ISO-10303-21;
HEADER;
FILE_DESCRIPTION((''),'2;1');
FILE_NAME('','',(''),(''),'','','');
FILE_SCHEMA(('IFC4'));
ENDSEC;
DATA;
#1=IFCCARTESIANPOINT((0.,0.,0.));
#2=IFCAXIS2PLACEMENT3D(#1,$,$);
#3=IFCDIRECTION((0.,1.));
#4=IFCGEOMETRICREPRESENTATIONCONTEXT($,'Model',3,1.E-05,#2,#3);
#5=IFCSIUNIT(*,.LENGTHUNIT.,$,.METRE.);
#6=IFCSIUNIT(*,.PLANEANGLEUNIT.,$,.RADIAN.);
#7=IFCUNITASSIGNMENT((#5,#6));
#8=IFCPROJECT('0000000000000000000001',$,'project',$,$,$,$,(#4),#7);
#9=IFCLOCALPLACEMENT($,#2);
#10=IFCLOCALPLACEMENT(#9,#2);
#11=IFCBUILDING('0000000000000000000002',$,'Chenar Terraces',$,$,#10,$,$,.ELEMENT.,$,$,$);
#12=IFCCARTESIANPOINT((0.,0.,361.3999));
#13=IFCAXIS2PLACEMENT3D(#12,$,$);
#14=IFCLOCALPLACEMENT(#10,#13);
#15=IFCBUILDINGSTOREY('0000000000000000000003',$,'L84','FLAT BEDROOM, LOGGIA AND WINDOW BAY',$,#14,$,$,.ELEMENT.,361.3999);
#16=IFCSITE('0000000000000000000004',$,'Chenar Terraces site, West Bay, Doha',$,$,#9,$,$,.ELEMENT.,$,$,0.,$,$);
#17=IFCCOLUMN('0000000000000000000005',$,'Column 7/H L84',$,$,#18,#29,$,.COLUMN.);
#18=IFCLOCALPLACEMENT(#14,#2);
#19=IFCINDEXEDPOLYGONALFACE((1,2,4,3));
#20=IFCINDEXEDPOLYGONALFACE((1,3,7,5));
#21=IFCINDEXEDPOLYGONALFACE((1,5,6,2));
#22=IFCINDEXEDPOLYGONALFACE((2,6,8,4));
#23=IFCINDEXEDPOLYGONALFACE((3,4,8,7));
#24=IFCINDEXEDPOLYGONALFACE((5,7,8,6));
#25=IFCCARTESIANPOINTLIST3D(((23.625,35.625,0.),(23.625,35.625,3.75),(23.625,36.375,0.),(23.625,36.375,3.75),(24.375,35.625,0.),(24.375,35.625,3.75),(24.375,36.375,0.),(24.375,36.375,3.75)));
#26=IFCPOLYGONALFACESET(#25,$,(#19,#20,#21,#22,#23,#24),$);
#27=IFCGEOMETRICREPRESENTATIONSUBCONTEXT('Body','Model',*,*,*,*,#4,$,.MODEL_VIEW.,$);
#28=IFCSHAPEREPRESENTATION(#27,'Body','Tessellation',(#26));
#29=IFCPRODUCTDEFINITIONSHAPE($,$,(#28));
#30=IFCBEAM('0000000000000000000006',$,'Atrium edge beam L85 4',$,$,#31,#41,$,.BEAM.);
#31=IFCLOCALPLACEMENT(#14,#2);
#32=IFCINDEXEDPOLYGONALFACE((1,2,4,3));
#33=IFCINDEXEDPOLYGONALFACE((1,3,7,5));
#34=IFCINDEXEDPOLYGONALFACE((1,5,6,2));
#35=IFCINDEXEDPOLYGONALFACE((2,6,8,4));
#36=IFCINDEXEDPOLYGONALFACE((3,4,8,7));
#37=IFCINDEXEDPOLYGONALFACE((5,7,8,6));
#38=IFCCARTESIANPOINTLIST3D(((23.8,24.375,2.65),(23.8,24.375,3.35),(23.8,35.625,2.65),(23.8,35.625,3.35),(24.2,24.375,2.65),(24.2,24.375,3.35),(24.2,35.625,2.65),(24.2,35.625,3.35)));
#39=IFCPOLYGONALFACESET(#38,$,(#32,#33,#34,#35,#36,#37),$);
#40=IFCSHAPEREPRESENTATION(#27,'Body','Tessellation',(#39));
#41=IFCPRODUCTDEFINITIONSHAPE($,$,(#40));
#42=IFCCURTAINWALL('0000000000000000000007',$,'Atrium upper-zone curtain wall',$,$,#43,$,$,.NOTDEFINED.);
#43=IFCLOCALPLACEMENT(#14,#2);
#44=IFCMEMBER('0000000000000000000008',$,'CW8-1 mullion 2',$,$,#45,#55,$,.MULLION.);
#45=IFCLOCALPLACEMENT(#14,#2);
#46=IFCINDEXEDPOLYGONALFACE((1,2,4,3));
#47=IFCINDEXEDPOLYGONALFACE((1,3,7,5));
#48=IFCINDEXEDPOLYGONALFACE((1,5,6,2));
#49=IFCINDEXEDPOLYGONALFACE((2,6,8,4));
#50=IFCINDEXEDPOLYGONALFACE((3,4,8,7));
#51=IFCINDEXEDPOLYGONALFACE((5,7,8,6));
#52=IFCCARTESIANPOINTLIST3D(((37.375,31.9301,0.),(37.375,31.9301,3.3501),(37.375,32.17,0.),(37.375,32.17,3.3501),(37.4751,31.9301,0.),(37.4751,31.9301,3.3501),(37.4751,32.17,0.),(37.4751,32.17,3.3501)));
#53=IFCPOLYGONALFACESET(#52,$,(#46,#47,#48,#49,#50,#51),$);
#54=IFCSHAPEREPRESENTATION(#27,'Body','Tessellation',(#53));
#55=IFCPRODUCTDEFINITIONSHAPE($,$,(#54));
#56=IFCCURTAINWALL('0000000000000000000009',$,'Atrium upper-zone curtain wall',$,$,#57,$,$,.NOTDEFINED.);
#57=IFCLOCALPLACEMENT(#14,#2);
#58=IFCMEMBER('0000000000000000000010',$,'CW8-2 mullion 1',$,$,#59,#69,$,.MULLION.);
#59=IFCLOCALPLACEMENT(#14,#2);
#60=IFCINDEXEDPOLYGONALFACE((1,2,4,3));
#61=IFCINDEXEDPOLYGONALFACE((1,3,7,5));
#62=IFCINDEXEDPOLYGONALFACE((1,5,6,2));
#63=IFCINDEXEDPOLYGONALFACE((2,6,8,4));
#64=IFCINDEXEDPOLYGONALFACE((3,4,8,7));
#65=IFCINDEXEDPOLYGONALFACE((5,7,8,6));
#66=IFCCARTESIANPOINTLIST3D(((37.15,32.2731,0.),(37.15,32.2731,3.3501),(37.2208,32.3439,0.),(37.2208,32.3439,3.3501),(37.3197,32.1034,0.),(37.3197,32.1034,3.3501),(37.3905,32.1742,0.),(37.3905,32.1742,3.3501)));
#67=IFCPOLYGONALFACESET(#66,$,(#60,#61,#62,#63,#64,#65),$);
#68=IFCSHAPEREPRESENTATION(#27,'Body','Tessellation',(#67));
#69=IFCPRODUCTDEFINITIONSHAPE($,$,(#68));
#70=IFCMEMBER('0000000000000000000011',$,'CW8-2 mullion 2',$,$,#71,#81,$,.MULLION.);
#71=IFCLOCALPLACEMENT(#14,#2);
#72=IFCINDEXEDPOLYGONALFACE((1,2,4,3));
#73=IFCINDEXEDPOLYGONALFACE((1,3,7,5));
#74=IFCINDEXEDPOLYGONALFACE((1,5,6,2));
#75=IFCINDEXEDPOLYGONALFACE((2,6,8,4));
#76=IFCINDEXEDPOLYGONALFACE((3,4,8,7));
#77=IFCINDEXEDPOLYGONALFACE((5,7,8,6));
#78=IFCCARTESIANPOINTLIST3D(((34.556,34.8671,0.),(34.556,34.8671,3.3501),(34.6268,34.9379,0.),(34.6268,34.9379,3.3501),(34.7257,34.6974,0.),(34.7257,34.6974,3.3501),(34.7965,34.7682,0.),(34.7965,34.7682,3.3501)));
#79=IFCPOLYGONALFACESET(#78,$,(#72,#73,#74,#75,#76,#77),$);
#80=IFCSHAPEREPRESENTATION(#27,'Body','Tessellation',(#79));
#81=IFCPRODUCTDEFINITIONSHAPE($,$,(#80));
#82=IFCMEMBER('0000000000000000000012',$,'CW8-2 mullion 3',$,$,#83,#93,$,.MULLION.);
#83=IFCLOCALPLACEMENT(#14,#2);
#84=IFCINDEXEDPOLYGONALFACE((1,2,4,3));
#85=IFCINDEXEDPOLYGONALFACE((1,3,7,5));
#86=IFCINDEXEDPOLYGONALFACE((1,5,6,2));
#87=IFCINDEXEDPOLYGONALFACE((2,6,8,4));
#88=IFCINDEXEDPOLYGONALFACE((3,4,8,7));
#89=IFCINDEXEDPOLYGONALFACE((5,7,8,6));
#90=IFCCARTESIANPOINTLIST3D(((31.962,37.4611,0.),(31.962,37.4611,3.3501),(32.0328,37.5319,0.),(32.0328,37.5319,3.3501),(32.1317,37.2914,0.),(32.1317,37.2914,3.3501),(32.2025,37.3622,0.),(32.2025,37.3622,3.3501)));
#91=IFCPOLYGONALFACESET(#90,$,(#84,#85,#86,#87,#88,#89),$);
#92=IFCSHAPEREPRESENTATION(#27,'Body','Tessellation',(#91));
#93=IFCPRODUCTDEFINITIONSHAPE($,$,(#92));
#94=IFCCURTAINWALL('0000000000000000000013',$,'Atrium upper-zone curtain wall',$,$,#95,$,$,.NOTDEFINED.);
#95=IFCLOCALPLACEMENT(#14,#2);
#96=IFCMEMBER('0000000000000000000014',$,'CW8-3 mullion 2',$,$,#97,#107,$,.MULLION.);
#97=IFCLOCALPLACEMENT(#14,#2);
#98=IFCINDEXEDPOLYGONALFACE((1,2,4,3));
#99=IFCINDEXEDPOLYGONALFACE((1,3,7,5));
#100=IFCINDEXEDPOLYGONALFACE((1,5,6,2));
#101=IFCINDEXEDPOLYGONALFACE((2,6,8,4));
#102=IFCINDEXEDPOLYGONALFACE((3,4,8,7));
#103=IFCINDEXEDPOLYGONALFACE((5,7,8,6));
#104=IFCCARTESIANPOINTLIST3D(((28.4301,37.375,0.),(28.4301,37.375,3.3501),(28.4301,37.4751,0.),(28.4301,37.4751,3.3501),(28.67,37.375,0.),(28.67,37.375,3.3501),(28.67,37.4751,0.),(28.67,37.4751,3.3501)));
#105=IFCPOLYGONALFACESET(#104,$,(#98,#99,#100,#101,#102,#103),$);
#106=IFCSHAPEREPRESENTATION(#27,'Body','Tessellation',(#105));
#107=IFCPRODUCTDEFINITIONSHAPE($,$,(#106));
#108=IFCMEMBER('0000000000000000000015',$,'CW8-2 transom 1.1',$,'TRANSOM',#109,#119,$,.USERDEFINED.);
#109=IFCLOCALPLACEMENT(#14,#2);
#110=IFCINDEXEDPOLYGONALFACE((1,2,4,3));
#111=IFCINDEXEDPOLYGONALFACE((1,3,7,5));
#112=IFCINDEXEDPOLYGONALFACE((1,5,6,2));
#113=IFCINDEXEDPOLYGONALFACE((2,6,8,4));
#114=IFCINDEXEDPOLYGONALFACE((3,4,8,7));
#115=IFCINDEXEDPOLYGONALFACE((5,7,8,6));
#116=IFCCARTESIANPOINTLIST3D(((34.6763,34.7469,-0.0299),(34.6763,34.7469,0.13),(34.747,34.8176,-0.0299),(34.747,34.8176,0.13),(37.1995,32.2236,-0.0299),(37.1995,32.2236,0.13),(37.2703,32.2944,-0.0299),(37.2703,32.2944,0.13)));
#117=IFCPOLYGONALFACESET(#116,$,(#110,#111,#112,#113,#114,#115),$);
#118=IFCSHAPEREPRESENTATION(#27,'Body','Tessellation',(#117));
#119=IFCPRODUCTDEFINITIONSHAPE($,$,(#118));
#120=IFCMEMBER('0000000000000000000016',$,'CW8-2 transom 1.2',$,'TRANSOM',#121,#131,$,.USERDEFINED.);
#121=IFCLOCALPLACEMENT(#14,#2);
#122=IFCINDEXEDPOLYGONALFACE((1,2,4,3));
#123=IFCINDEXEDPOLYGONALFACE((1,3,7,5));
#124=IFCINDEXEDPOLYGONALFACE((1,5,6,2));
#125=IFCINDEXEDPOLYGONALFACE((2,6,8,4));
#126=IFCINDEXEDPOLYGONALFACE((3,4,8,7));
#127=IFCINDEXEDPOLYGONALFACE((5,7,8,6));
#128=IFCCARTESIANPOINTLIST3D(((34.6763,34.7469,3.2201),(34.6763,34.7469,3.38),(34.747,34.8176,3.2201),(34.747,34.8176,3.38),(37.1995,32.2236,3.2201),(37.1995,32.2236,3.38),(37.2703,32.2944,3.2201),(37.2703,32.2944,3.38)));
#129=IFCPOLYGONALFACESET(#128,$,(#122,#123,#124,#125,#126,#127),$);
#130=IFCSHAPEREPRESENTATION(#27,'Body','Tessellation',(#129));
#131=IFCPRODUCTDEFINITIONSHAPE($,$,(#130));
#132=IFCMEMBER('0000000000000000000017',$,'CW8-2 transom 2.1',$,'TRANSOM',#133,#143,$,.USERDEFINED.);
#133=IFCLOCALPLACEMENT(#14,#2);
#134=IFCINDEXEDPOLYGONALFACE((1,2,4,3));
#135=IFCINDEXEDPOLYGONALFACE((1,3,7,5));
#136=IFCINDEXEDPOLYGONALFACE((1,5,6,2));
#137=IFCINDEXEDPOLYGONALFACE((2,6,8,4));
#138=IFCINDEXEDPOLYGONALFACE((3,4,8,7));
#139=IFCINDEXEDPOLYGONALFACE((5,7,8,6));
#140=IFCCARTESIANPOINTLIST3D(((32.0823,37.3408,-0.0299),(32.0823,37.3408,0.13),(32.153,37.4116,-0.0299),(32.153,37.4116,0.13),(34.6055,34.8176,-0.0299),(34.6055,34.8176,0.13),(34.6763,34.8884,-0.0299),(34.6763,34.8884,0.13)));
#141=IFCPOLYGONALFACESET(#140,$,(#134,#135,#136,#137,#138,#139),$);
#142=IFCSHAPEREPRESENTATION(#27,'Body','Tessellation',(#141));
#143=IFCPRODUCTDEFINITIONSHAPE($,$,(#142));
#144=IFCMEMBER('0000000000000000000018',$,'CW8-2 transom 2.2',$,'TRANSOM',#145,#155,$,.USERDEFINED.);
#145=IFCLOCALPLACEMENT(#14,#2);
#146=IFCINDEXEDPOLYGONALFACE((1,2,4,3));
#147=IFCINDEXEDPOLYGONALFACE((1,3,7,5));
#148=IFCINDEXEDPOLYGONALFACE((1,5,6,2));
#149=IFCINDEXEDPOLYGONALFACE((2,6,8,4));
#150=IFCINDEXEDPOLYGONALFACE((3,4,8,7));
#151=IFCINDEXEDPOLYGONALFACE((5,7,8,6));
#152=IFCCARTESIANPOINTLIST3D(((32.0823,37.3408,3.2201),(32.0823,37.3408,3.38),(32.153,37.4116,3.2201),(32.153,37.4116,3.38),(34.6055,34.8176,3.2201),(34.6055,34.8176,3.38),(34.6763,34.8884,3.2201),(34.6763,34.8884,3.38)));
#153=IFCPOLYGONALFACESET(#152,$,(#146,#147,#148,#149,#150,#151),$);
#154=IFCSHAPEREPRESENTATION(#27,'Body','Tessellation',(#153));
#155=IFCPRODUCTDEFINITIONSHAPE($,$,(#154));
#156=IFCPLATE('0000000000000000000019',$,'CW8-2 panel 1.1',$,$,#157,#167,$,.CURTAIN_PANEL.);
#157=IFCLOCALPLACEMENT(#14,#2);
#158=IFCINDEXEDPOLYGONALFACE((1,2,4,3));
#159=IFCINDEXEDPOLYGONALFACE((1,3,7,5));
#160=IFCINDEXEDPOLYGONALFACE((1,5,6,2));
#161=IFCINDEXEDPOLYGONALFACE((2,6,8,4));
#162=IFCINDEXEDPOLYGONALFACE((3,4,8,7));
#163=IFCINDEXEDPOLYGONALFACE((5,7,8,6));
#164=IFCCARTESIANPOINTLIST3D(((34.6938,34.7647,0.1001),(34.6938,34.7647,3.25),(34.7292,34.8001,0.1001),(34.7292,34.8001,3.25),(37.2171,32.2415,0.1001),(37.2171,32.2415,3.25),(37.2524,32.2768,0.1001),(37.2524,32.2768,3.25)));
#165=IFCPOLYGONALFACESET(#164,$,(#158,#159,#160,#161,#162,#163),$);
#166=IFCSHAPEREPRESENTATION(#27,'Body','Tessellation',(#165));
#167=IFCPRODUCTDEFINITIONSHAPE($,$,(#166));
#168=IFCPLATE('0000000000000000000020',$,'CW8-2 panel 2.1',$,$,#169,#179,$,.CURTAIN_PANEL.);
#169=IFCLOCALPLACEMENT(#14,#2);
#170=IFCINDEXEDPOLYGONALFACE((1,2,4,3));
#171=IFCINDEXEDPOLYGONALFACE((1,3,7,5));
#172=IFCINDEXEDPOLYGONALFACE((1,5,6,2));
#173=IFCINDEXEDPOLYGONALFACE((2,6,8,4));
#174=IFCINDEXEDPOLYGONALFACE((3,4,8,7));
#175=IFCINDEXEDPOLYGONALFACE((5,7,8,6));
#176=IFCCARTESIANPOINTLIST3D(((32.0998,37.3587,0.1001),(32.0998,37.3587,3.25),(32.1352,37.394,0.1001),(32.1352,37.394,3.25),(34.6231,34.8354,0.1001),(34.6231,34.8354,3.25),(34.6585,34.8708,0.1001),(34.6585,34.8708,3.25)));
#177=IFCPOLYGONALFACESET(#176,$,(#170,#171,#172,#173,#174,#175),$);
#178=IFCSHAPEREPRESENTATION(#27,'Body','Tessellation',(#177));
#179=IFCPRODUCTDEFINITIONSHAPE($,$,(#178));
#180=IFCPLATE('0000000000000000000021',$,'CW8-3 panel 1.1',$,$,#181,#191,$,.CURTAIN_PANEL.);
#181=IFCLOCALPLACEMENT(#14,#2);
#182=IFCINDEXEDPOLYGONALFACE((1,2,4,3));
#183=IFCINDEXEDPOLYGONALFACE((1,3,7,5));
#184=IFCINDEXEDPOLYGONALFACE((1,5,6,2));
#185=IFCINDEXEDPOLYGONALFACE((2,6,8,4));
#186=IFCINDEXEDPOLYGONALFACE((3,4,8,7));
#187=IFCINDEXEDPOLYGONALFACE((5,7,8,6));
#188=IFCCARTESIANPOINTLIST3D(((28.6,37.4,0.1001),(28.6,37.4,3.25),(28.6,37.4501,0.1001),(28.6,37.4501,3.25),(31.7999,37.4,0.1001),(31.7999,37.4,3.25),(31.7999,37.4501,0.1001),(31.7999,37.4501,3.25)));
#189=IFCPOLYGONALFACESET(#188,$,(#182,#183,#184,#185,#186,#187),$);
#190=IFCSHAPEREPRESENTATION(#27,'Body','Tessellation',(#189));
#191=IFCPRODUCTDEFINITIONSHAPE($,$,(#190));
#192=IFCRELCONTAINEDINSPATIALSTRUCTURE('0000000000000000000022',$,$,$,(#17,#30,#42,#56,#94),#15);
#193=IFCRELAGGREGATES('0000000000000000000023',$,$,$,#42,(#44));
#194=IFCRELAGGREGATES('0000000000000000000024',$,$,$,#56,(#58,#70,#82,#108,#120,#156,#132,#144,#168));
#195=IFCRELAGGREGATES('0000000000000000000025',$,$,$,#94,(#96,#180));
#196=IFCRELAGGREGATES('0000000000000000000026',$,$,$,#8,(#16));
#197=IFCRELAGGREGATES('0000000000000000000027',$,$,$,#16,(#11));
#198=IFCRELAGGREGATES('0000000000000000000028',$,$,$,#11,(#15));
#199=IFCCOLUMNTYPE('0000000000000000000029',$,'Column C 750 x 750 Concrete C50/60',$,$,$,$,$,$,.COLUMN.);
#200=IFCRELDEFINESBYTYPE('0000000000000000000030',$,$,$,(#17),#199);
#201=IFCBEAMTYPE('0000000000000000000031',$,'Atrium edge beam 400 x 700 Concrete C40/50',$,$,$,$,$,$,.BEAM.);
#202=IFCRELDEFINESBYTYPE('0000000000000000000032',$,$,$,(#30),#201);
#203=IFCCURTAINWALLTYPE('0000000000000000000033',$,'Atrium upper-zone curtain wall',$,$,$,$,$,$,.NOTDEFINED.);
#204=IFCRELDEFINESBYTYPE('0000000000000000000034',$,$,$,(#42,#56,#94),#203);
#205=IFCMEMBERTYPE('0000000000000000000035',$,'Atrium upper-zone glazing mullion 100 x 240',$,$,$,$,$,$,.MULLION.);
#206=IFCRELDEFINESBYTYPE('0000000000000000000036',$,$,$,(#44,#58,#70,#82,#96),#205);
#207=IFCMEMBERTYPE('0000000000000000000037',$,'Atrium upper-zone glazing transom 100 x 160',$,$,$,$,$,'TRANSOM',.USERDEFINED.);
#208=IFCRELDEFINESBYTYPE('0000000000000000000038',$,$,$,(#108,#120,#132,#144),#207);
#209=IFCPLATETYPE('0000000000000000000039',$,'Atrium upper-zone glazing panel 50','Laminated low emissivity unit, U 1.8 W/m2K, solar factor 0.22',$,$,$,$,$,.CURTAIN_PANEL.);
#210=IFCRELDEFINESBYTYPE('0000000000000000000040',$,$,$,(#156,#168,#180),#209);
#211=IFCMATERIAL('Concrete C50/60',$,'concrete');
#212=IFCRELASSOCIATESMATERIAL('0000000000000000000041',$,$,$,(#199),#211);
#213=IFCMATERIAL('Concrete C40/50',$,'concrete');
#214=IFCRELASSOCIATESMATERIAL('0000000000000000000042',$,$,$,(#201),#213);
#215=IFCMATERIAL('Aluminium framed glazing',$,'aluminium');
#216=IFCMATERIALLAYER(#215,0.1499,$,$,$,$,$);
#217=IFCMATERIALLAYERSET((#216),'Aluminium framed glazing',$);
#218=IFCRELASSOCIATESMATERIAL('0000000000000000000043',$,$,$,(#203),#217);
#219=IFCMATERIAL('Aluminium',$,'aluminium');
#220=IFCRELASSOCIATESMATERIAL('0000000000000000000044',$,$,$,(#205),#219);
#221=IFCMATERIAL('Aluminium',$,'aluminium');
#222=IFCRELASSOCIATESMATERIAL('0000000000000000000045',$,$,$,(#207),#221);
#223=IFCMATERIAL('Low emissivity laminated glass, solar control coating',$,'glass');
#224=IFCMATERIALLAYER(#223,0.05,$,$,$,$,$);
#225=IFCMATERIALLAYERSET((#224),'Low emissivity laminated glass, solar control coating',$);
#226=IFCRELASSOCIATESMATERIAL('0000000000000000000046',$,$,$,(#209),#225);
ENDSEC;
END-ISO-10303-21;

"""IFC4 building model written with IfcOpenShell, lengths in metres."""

from ifc_helpers import new_model, si_unit, direction, frame, origin, origin_2d, place, context, subcontext, project, spatial, rectangle, extrude, material, layer, layer_set, material_profile, profile_set, type_object, element, aggregate, save


model = new_model("IFC4")

# Units and contexts
model_context = context("Model", 3, precision=1e-05, world=origin(), true_north=direction((0.0, 1.0)))
body_context = subcontext(model_context, "Body", "Model", "MODEL_VIEW")
ifc_project = project(units=[si_unit("LENGTHUNIT", "METRE"), si_unit("PLANEANGLEUNIT", "RADIAN")], contexts=[model_context])

# Site, building, storey
site_placement = place(None, origin())
site = spatial("IfcSite", under=ifc_project, at=site_placement, Name="Chenar Terraces site, West Bay, Doha", CompositionType="ELEMENT", RefElevation=0.0)
building_placement = place(site_placement, origin())
building = spatial("IfcBuilding", under=site, at=building_placement, Name="Chenar Terraces", CompositionType="ELEMENT")
storey_placement = place(building_placement, frame((0.0, 0.0, 361.3999)))
storey = spatial("IfcBuildingStorey", under=building, at=storey_placement, Name="L84", Description="FLAT BEDROOM, LOGGIA AND WINDOW BAY", CompositionType="ELEMENT", Elevation=361.3999)

# Column
ifc_material_1 = material(Name="Concrete C50/60", Category="concrete")
ifc_material_profile_1 = material_profile(ifc_material_1, rectangle(XDim=0.75, YDim=0.75, at=origin_2d()), Name="C 750 x 750")
ifc_profile_set_1 = profile_set([ifc_material_profile_1], Name="Concrete C50/60")
column_type = type_object("IfcColumnType", Name="Column C 750 x 750 Concrete C50/60", PredefinedType="COLUMN", material=ifc_profile_set_1)
column_placement = place(storey_placement, frame((24.0, 36.0, 0.0), z_axis=(0.0, 0.0, 1.0), x_axis=(1.0, 0.0, 0.0)))
element("IfcColumn", 1, at=column_placement, inside=storey, type_object=column_type, Name="Column 7/H L84", PredefinedType="COLUMN", context=body_context, shape_type="SweptSolid", body=[
    extrude(rectangle(XDim=0.75, YDim=0.75, at=origin_2d()), origin(), (0.0, 0.0, 1.0), 3.75),
])

# Beam
ifc_material_2 = material(Name="Concrete C40/50", Category="concrete")
ifc_material_profile_2 = material_profile(ifc_material_2, rectangle(XDim=0.3999, YDim=0.7, at=origin_2d()), Name="RC 400 x 700")
ifc_profile_set_2 = profile_set([ifc_material_profile_2], Name="Concrete C40/50")
beam_type = type_object("IfcBeamType", Name="Atrium edge beam 400 x 700 Concrete C40/50", PredefinedType="BEAM", material=ifc_profile_set_2)
beam_placement = place(storey_placement, frame((24.0, 35.625, 3.0), z_axis=(0.0, -1.0, 0.0), x_axis=(1.0, 0.0, 0.0)))
element("IfcBeam", 2, at=beam_placement, inside=storey, type_object=beam_type, Name="Atrium edge beam L85 4", PredefinedType="BEAM", context=body_context, shape_type="SweptSolid", body=[
    extrude(rectangle(XDim=0.3999, YDim=0.7, at=origin_2d()), origin(), (0.0, 0.0, 1.0), 11.25),
])

# Curtain wall, member
ifc_material_3 = material(Name="Aluminium framed glazing", Category="aluminium")
ifc_layer_1 = layer(ifc_material_3, 0.1499)
ifc_layer_set_1 = layer_set([ifc_layer_1], Name="Aluminium framed glazing")
curtain_wall_type = type_object("IfcCurtainWallType", Name="Atrium upper-zone curtain wall", PredefinedType="NOTDEFINED", material=ifc_layer_set_1)
placement = place(storey_placement, origin())
curtain_wall_1 = element("IfcCurtainWall", 3, at=placement, inside=storey, type_object=curtain_wall_type, Name="Atrium upper-zone curtain wall", PredefinedType="NOTDEFINED")
ifc_material_4 = material(Name="Aluminium", Category="aluminium")
ifc_material_profile_3 = material_profile(ifc_material_4, rectangle(XDim=0.1001, YDim=0.24, at=origin_2d()), Name="Atrium upper-zone glazing mullion 100 x 240")
ifc_profile_set_3 = profile_set([ifc_material_profile_3], Name="Aluminium")
member_type_1 = type_object("IfcMemberType", Name="Atrium upper-zone glazing mullion 100 x 240", PredefinedType="MULLION", material=ifc_profile_set_3)
member_1_placement = place(storey_placement, frame((37.425, 32.05, 0.0), z_axis=(0.0, 0.0, 1.0), x_axis=(-1.0, 0.0, 0.0)))
member_1 = element("IfcMember", 4, at=member_1_placement, type_object=member_type_1, Name="CW8-1 mullion 2", PredefinedType="MULLION", context=body_context, shape_type="SweptSolid", body=[
    extrude(rectangle(XDim=0.1001, YDim=0.24, at=origin_2d()), origin(), (0.0, 0.0, 1.0), 3.3501),
])
aggregate(curtain_wall_1, [member_1])

# Curtain wall, members
curtain_wall_2 = element("IfcCurtainWall", 5, at=placement, inside=storey, type_object=curtain_wall_type, Name="Atrium upper-zone curtain wall", PredefinedType="NOTDEFINED")
member_2_placement = place(storey_placement, frame((37.2703, 32.2236, 0.0), z_axis=(0.0, 0.0, 1.0), x_axis=(-0.707107, -0.707107, 0.0)))
member_2 = element("IfcMember", 6, at=member_2_placement, type_object=member_type_1, Name="CW8-2 mullion 1", PredefinedType="MULLION", context=body_context, shape_type="SweptSolid", body=[
    extrude(rectangle(XDim=0.1001, YDim=0.24, at=origin_2d()), origin(), (0.0, 0.0, 1.0), 3.3501),
])
member_3_placement = place(storey_placement, frame((34.6763, 34.8176, 0.0), z_axis=(0.0, 0.0, 1.0), x_axis=(-0.707107, -0.707107, 0.0)))
member_3 = element("IfcMember", 7, at=member_3_placement, type_object=member_type_1, Name="CW8-2 mullion 2", PredefinedType="MULLION", context=body_context, shape_type="SweptSolid", body=[
    extrude(rectangle(XDim=0.1001, YDim=0.24, at=origin_2d()), origin(), (0.0, 0.0, 1.0), 3.3501),
])
member_4_placement = place(storey_placement, frame((32.0823, 37.4116, 0.0), z_axis=(0.0, 0.0, 1.0), x_axis=(-0.707107, -0.707107, 0.0)))
member_4 = element("IfcMember", 8, at=member_4_placement, type_object=member_type_1, Name="CW8-2 mullion 3", PredefinedType="MULLION", context=body_context, shape_type="SweptSolid", body=[
    extrude(rectangle(XDim=0.1001, YDim=0.24, at=origin_2d()), origin(), (0.0, 0.0, 1.0), 3.3501),
])

# Curtain wall, member
curtain_wall_3 = element("IfcCurtainWall", 9, at=placement, inside=storey, type_object=curtain_wall_type, Name="Atrium upper-zone curtain wall", PredefinedType="NOTDEFINED")
member_5_placement = place(storey_placement, frame((28.55, 37.425, 0.0), z_axis=(0.0, 0.0, 1.0), x_axis=(0.0, -1.0, 0.0)))
member_5 = element("IfcMember", 10, at=member_5_placement, type_object=member_type_1, Name="CW8-3 mullion 2", PredefinedType="MULLION", context=body_context, shape_type="SweptSolid", body=[
    extrude(rectangle(XDim=0.1001, YDim=0.24, at=origin_2d()), origin(), (0.0, 0.0, 1.0), 3.3501),
])

# Members
ifc_material_5 = material(Name="Aluminium", Category="aluminium")
ifc_material_profile_4 = material_profile(ifc_material_5, rectangle(XDim=0.1001, YDim=0.1599, at=origin_2d()), Name="Atrium upper-zone glazing transom 100 x 160")
ifc_profile_set_4 = profile_set([ifc_material_profile_4], Name="Aluminium")
member_type_2 = type_object("IfcMemberType", Name="Atrium upper-zone glazing transom 100 x 160", ElementType="TRANSOM", PredefinedType="USERDEFINED", material=ifc_profile_set_4)
member_6_placement = place(storey_placement, frame((37.2349, 32.259, 0.05), z_axis=(-0.707107, 0.707107, 0.0), x_axis=(-0.707107, -0.707107, 0.0)))
member_6 = element("IfcMember", 11, at=member_6_placement, type_object=member_type_2, Name="CW8-2 transom 1.1", ObjectType="TRANSOM", PredefinedType="USERDEFINED", context=body_context, shape_type="SweptSolid", body=[
    extrude(rectangle(XDim=0.1001, YDim=0.1599, at=origin_2d()), origin(), (0.0, 0.0, 1.0), 3.5684),
])
member_7_placement = place(storey_placement, frame((37.2349, 32.259, 3.3), z_axis=(-0.707107, 0.707107, 0.0), x_axis=(-0.707107, -0.707107, 0.0)))
member_7 = element("IfcMember", 12, at=member_7_placement, type_object=member_type_2, Name="CW8-2 transom 1.2", ObjectType="TRANSOM", PredefinedType="USERDEFINED", context=body_context, shape_type="SweptSolid", body=[
    extrude(rectangle(XDim=0.1001, YDim=0.1599, at=origin_2d()), origin(), (0.0, 0.0, 1.0), 3.5684),
])
member_8_placement = place(storey_placement, frame((34.6409, 34.853, 0.05), z_axis=(-0.707107, 0.707107, 0.0), x_axis=(-0.707107, -0.707107, 0.0)))
member_8 = element("IfcMember", 13, at=member_8_placement, type_object=member_type_2, Name="CW8-2 transom 2.1", ObjectType="TRANSOM", PredefinedType="USERDEFINED", context=body_context, shape_type="SweptSolid", body=[
    extrude(rectangle(XDim=0.1001, YDim=0.1599, at=origin_2d()), origin(), (0.0, 0.0, 1.0), 3.5684),
])
member_9_placement = place(storey_placement, frame((34.6409, 34.853, 3.3), z_axis=(-0.707107, 0.707107, 0.0), x_axis=(-0.707107, -0.707107, 0.0)))
member_9 = element("IfcMember", 14, at=member_9_placement, type_object=member_type_2, Name="CW8-2 transom 2.2", ObjectType="TRANSOM", PredefinedType="USERDEFINED", context=body_context, shape_type="SweptSolid", body=[
    extrude(rectangle(XDim=0.1001, YDim=0.1599, at=origin_2d()), origin(), (0.0, 0.0, 1.0), 3.5684),
])

# Plates
ifc_material_6 = material(Name="Low emissivity laminated glass, solar control coating", Category="glass")
ifc_layer_2 = layer(ifc_material_6, 0.05)
ifc_layer_set_2 = layer_set([ifc_layer_2], Name="Low emissivity laminated glass, solar control coating")
plate_type = type_object("IfcPlateType", Name="Atrium upper-zone glazing panel 50", Description="Laminated low emissivity unit, U 1.8 W/m2K, solar factor 0.22", PredefinedType="CURTAIN_PANEL", material=ifc_layer_set_2)
plate_1_placement = place(storey_placement, frame((35.9731, 33.5208, 0.1001), z_axis=(0.0, 0.0, 1.0), x_axis=(-0.707107, 0.707107, 0.0)))
plate_1 = element("IfcPlate", 15, at=plate_1_placement, type_object=plate_type, Name="CW8-2 panel 1.1", PredefinedType="CURTAIN_PANEL", context=body_context, shape_type="SweptSolid", body=[
    extrude(rectangle(XDim=3.5684, YDim=0.05, at=origin_2d()), origin(), (0.0, 0.0, 1.0), 3.1499),
])
plate_2_placement = place(storey_placement, frame((33.3792, 36.1147, 0.1001), z_axis=(0.0, 0.0, 1.0), x_axis=(-0.707107, 0.707107, 0.0)))
plate_2 = element("IfcPlate", 16, at=plate_2_placement, type_object=plate_type, Name="CW8-2 panel 2.1", PredefinedType="CURTAIN_PANEL", context=body_context, shape_type="SweptSolid", body=[
    extrude(rectangle(XDim=3.5684, YDim=0.05, at=origin_2d()), origin(), (0.0, 0.0, 1.0), 3.1499),
])
aggregate(curtain_wall_2, [member_2, member_3, member_4, member_6, member_7, plate_1, member_8, member_9, plate_2])
plate_3_placement = place(storey_placement, frame((30.2, 37.425, 0.1001), z_axis=(0.0, 0.0, 1.0), x_axis=(-1.0, 0.0, 0.0)))
plate_3 = element("IfcPlate", 17, at=plate_3_placement, type_object=plate_type, Name="CW8-3 panel 1.1", PredefinedType="CURTAIN_PANEL", context=body_context, shape_type="SweptSolid", body=[
    extrude(rectangle(XDim=3.2, YDim=0.05, at=origin_2d()), origin(), (0.0, 0.0, 1.0), 3.1499),
])
aggregate(curtain_wall_3, [member_5, plate_3])

save(model, "model.ifc")
